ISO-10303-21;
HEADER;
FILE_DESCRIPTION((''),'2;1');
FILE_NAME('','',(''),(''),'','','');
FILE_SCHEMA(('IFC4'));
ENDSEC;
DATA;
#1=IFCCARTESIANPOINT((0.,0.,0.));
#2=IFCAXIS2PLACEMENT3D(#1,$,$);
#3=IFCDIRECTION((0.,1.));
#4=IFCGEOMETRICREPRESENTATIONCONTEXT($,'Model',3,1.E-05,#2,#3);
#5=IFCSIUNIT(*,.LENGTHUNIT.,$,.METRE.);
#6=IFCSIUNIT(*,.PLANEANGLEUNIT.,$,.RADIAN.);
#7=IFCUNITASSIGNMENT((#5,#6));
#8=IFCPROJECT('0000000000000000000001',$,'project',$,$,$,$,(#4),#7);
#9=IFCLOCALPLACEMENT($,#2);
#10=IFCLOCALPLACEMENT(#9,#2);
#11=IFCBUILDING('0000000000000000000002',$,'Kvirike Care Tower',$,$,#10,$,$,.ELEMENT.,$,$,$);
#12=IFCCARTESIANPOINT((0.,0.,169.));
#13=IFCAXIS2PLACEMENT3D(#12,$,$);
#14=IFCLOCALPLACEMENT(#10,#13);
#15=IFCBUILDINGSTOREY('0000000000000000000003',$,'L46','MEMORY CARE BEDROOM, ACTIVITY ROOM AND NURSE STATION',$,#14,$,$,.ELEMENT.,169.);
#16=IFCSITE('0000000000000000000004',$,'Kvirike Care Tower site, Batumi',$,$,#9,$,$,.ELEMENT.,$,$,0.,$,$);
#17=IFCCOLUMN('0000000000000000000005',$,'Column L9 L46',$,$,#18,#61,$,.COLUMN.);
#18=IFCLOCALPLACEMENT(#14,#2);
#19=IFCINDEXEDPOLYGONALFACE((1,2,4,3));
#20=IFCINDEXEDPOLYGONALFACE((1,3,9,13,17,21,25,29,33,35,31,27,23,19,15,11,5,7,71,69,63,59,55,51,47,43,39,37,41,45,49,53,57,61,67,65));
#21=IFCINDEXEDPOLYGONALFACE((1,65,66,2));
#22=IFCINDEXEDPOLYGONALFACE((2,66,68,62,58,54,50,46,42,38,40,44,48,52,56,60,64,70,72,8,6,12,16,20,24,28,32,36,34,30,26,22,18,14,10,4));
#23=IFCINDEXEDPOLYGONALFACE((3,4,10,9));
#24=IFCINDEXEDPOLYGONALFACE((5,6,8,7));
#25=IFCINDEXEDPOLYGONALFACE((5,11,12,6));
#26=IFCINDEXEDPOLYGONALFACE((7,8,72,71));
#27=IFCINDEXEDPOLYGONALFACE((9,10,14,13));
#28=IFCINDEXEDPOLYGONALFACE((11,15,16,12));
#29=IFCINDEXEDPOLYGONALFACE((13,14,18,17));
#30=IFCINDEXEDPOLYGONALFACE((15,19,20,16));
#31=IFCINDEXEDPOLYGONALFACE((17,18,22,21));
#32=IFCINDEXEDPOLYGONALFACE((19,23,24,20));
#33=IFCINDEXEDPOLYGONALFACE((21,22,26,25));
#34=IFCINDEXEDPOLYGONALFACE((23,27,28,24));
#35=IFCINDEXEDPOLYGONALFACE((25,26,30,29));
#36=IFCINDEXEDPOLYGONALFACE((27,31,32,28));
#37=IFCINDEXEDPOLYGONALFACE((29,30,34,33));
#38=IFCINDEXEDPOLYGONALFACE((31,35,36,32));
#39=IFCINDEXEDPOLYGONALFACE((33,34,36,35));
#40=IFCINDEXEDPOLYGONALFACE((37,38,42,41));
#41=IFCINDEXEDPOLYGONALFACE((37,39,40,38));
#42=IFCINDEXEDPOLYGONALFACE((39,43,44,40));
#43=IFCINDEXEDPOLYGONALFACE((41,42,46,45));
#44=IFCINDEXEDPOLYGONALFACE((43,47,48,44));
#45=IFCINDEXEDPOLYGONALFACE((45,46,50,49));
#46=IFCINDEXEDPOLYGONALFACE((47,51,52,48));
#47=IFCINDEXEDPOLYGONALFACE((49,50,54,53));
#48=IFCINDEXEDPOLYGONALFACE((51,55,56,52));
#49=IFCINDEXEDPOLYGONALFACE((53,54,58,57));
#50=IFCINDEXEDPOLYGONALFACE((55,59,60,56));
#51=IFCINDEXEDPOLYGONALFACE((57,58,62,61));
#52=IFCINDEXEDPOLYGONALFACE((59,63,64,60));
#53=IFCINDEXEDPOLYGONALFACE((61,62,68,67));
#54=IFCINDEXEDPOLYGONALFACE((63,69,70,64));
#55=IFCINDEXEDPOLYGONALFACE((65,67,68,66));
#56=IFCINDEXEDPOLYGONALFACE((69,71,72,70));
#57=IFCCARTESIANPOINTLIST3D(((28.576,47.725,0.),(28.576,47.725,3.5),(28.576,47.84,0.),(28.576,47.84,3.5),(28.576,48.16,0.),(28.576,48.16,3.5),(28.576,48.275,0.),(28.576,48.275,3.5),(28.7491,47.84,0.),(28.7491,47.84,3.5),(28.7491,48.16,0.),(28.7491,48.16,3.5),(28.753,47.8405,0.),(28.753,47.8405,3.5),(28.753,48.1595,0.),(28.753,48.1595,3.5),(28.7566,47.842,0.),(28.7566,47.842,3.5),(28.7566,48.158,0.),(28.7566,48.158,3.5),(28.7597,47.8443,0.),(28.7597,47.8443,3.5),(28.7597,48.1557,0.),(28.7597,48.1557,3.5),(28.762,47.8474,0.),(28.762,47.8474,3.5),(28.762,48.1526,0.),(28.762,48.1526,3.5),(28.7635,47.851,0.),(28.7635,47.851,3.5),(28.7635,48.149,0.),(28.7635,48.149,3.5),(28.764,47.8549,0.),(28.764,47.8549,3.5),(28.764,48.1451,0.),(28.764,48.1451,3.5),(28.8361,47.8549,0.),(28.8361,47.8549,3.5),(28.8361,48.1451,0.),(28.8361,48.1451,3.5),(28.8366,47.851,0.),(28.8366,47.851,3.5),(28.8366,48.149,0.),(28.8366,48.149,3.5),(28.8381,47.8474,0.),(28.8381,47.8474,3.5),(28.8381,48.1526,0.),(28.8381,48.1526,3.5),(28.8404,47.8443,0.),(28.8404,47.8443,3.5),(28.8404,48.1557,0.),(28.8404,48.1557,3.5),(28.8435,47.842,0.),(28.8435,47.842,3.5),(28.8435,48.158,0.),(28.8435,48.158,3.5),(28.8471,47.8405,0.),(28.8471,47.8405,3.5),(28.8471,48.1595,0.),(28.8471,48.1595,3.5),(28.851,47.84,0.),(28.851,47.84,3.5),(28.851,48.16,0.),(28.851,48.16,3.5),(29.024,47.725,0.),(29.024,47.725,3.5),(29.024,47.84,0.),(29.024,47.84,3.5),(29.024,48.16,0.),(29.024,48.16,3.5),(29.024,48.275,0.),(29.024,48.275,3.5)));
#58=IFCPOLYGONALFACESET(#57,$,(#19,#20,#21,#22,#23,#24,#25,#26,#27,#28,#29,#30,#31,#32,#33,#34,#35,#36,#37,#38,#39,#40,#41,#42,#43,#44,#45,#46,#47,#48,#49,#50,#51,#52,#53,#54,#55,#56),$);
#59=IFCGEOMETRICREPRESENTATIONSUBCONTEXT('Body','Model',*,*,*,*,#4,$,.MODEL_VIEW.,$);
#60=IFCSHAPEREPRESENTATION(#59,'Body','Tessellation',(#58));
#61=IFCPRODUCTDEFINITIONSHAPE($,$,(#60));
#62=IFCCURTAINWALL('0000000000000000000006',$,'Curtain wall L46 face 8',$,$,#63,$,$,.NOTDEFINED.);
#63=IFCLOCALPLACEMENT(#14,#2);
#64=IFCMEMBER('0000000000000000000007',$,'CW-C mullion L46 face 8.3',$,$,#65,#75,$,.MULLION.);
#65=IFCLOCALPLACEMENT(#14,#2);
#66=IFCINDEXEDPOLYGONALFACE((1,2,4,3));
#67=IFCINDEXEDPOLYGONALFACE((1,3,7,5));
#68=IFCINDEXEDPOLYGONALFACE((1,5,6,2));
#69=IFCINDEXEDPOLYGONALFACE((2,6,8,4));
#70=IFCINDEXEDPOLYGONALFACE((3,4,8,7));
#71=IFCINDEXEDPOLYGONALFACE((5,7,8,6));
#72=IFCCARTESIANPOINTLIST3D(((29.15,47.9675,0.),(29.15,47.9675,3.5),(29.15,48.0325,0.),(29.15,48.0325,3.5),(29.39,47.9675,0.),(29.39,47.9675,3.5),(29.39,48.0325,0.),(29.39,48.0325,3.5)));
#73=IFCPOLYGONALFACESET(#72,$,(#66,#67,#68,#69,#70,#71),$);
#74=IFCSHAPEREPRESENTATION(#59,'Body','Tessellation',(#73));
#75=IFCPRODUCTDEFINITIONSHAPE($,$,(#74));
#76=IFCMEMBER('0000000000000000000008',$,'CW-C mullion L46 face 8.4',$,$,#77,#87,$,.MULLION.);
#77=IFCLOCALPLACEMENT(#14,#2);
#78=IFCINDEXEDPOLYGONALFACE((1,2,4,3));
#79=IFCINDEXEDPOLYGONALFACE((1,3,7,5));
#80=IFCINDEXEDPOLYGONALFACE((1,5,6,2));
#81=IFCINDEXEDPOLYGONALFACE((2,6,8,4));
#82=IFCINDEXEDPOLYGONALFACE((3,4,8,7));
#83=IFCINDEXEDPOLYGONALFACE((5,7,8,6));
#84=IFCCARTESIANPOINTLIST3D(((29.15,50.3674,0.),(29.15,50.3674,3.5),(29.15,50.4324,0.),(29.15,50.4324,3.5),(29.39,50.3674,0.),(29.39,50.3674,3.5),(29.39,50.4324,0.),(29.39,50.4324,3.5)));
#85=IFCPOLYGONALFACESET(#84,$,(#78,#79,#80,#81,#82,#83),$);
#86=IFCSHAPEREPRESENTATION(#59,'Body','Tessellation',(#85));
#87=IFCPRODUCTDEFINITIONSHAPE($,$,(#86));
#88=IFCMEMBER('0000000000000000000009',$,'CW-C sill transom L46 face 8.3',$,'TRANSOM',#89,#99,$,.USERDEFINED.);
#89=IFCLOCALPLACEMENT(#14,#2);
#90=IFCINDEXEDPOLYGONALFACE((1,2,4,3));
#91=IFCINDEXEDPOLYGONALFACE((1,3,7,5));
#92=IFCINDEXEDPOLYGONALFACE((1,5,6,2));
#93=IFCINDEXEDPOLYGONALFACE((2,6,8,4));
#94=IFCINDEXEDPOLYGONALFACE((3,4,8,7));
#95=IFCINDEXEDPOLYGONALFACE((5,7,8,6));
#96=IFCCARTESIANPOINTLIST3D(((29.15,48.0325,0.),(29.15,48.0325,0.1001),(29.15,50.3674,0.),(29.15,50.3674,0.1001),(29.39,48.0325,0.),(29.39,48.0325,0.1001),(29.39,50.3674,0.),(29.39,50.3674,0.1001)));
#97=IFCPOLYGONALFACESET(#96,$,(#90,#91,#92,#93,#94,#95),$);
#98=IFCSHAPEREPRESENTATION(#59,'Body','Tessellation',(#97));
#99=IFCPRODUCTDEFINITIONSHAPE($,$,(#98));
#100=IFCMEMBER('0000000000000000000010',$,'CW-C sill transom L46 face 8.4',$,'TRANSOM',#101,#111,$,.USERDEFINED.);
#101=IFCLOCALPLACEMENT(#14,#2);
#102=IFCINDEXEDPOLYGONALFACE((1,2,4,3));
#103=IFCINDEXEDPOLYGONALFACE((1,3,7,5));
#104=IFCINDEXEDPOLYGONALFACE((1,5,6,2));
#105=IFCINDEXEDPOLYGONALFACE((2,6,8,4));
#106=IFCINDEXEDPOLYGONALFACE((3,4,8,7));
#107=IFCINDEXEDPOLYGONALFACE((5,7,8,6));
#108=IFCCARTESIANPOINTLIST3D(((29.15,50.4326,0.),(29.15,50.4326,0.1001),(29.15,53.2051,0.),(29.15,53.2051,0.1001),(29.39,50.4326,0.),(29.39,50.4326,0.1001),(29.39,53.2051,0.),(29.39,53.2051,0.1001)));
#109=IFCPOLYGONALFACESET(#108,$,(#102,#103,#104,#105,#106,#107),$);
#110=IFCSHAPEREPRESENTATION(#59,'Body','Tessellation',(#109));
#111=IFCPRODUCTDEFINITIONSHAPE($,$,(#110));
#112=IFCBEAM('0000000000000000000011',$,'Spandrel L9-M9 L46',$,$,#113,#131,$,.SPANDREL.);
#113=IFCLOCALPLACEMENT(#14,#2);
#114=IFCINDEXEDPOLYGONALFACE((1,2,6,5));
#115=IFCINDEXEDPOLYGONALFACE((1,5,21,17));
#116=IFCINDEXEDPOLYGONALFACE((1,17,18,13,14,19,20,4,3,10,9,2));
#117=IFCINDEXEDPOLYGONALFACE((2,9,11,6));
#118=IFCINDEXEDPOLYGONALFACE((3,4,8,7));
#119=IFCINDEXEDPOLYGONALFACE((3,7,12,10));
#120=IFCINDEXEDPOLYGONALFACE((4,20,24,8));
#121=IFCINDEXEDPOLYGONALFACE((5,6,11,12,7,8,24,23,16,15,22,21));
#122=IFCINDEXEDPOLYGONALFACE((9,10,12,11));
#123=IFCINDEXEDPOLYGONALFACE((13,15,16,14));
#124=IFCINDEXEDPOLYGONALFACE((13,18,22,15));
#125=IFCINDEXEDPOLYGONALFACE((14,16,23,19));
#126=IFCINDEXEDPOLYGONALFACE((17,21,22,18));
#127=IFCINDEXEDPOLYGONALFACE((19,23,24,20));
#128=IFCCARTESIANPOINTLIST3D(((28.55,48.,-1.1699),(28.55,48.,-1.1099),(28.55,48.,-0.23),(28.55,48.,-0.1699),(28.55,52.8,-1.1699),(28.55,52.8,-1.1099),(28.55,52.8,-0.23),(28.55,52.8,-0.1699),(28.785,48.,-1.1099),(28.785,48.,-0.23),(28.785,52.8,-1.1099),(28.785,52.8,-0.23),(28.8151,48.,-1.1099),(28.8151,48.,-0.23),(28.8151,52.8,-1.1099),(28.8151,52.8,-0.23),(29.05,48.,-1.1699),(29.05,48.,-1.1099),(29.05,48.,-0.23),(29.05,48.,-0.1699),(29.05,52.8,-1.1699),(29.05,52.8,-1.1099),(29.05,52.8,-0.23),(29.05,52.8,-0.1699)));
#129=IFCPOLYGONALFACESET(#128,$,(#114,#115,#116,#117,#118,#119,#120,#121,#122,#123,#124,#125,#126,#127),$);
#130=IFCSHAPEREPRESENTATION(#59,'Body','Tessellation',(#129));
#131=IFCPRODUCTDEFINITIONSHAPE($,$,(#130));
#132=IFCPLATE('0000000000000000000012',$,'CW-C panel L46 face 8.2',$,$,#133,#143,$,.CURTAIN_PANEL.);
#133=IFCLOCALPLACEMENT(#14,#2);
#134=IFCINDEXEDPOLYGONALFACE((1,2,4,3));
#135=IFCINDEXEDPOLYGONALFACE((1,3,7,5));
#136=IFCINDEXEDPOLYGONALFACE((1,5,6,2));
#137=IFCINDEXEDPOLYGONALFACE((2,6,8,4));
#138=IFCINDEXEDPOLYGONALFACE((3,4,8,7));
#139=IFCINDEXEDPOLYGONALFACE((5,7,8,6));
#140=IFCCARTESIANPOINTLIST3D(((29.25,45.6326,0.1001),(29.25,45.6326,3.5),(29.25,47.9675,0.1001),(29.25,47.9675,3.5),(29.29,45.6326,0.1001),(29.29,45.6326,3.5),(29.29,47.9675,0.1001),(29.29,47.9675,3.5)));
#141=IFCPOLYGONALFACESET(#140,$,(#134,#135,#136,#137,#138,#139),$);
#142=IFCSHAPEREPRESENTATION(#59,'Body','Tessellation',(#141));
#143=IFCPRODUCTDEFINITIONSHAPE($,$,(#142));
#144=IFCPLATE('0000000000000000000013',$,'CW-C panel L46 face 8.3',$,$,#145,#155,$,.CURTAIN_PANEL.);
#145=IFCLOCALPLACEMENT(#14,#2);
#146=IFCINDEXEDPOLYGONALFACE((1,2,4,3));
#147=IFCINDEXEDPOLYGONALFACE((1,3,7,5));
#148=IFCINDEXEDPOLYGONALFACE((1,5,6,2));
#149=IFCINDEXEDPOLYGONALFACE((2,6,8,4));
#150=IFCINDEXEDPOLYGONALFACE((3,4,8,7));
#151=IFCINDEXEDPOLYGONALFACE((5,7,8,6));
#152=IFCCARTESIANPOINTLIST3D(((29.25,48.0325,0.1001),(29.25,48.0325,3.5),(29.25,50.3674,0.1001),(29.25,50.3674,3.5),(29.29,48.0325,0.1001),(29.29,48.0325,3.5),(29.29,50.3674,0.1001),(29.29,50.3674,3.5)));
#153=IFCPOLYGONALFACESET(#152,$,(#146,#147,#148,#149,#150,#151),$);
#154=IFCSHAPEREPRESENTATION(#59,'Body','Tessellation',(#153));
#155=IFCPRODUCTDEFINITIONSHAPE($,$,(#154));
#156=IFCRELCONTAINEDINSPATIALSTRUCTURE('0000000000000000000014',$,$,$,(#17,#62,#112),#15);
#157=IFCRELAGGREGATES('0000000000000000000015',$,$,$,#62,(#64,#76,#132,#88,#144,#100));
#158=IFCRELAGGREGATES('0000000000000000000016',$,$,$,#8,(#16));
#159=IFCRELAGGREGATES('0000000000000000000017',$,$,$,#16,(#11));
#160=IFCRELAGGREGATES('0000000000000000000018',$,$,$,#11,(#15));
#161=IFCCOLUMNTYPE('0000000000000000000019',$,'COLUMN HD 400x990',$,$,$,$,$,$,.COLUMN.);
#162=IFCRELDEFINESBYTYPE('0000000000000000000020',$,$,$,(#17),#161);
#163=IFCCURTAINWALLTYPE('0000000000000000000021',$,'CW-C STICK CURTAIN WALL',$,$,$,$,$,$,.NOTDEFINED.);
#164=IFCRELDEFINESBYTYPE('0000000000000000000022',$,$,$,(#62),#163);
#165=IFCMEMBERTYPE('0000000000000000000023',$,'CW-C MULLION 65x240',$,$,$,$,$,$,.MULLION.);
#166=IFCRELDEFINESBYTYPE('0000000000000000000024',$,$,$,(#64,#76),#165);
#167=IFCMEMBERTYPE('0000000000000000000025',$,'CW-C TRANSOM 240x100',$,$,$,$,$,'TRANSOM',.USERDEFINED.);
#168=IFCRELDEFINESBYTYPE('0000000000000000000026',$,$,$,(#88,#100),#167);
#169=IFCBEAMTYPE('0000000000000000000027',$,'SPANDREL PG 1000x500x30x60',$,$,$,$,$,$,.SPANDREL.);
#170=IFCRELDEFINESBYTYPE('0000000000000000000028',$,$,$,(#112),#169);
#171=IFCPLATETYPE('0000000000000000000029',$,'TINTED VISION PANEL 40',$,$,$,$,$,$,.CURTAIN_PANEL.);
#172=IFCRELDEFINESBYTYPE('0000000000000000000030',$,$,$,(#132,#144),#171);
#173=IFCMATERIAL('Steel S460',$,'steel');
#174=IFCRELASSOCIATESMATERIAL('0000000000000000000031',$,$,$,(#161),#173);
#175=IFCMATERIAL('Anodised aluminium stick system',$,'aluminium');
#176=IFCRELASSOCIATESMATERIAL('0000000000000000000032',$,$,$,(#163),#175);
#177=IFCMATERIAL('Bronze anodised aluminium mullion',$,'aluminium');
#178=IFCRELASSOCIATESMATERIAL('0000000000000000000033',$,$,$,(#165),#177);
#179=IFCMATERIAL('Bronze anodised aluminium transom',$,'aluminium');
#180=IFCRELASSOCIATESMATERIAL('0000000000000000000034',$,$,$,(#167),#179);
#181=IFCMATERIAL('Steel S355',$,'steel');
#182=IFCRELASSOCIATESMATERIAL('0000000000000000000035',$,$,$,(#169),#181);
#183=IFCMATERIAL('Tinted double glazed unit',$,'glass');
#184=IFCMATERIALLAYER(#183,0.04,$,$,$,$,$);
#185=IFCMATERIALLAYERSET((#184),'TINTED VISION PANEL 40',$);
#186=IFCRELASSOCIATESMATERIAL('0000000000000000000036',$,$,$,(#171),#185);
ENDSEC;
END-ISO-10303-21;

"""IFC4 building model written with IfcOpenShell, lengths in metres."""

from ifc_helpers import new_model, si_unit, direction, frame, origin, origin_2d, place, context, subcontext, project, spatial, rectangle, i_section, extrude, material, layer, layer_set, material_profile, profile_set, type_object, element, aggregate, save


model = new_model("IFC4")

# Units and contexts
model_context = context("Model", 3, precision=1e-05, world=origin(), true_north=direction((0.0, 1.0)))
body_context = subcontext(model_context, "Body", "Model", "MODEL_VIEW")
ifc_project = project(units=[si_unit("LENGTHUNIT", "METRE"), si_unit("PLANEANGLEUNIT", "RADIAN")], contexts=[model_context])

# Site, building, storey
site_placement = place(None, origin())
site = spatial("IfcSite", under=ifc_project, at=site_placement, Name="Kvirike Care Tower site, Batumi", CompositionType="ELEMENT", RefElevation=0.0)
building_placement = place(site_placement, origin())
building = spatial("IfcBuilding", under=site, at=building_placement, Name="Kvirike Care Tower", CompositionType="ELEMENT")
storey_placement = place(building_placement, frame((0.0, 0.0, 169.0)))
storey = spatial("IfcBuildingStorey", under=building, at=storey_placement, Name="L46", Description="MEMORY CARE BEDROOM, ACTIVITY ROOM AND NURSE STATION", CompositionType="ELEMENT", Elevation=169.0)

# Column
ifc_material_1 = material(Name="Steel S460", Category="steel")
ifc_material_profile_1 = material_profile(ifc_material_1, i_section(OverallWidth=0.448, OverallDepth=0.55, WebThickness=0.072, FlangeThickness=0.115, FilletRadius=0.0149, at=origin_2d()), Name="HD 400x990")
ifc_profile_set_1 = profile_set([ifc_material_profile_1], Name="Steel S460")
column_type = type_object("IfcColumnType", Name="COLUMN HD 400x990", PredefinedType="COLUMN", material=ifc_profile_set_1)
column_placement = place(storey_placement, frame((28.8, 48.0, 0.0), z_axis=(0.0, 0.0, 1.0), x_axis=(1.0, 0.0, 0.0)))
element("IfcColumn", 1, at=column_placement, inside=storey, type_object=column_type, Name="Column L9 L46", PredefinedType="COLUMN", context=body_context, shape_type="SweptSolid", body=[
    extrude(i_section(OverallWidth=0.448, OverallDepth=0.55, WebThickness=0.072, FlangeThickness=0.115, FilletRadius=0.0149, at=origin_2d()), origin(), (0.0, 0.0, 1.0), 3.5),
])

# Curtain wall, members
ifc_material_2 = material(Name="Anodised aluminium stick system", Category="aluminium")
curtain_wall_type = type_object("IfcCurtainWallType", Name="CW-C STICK CURTAIN WALL", PredefinedType="NOTDEFINED", material=ifc_material_2)
curtain_wall_placement = place(storey_placement, origin())
curtain_wall = element("IfcCurtainWall", 2, at=curtain_wall_placement, inside=storey, type_object=curtain_wall_type, Name="Curtain wall L46 face 8", PredefinedType="NOTDEFINED")
ifc_material_3 = material(Name="Bronze anodised aluminium mullion", Category="aluminium")
ifc_material_profile_2 = material_profile(ifc_material_3, rectangle(XDim=0.0649, YDim=0.24, at=origin_2d()), Name="CW-C MULLION 65x240")
ifc_profile_set_2 = profile_set([ifc_material_profile_2], Name="Bronze anodised aluminium mullion")
member_type_1 = type_object("IfcMemberType", Name="CW-C MULLION 65x240", PredefinedType="MULLION", material=ifc_profile_set_2)
member_1_placement = place(storey_placement, frame((29.27, 48.0, 0.0), z_axis=(0.0, 0.0, 1.0), x_axis=(0.0, 1.0, 0.0)))
member_1 = element("IfcMember", 3, at=member_1_placement, type_object=member_type_1, Name="CW-C mullion L46 face 8.3", PredefinedType="MULLION", context=body_context, shape_type="SweptSolid", body=[
    extrude(rectangle(XDim=0.0649, YDim=0.24, at=origin_2d()), origin(), (0.0, 0.0, 1.0), 3.5),
])
member_2_placement = place(storey_placement, frame((29.27, 50.3999, 0.0), z_axis=(0.0, 0.0, 1.0), x_axis=(0.0, 1.0, 0.0)))
member_2 = element("IfcMember", 4, at=member_2_placement, type_object=member_type_1, Name="CW-C mullion L46 face 8.4", PredefinedType="MULLION", context=body_context, shape_type="SweptSolid", body=[
    extrude(rectangle(XDim=0.0649, YDim=0.24, at=origin_2d()), origin(), (0.0, 0.0, 1.0), 3.5),
])
ifc_material_4 = material(Name="Bronze anodised aluminium transom", Category="aluminium")
ifc_material_profile_3 = material_profile(ifc_material_4, rectangle(XDim=0.24, YDim=0.1001, at=origin_2d()), Name="CW-C TRANSOM 240x100")
ifc_profile_set_3 = profile_set([ifc_material_profile_3], Name="Bronze anodised aluminium transom")
member_type_2 = type_object("IfcMemberType", Name="CW-C TRANSOM 240x100", ElementType="TRANSOM", PredefinedType="USERDEFINED", material=ifc_profile_set_3)
member_3_placement = place(storey_placement, frame((29.27, 48.0325, 0.05), z_axis=(0.0, 1.0, 0.0), x_axis=(-1.0, 0.0, 0.0)))
member_3 = element("IfcMember", 5, at=member_3_placement, type_object=member_type_2, Name="CW-C sill transom L46 face 8.3", ObjectType="TRANSOM", PredefinedType="USERDEFINED", context=body_context, shape_type="SweptSolid", body=[
    extrude(rectangle(XDim=0.24, YDim=0.1001, at=origin_2d()), origin(), (0.0, 0.0, 1.0), 2.335),
])
member_4_placement = place(storey_placement, frame((29.27, 50.4326, 0.05), z_axis=(0.0, 1.0, 0.0), x_axis=(-1.0, 0.0, 0.0)))
member_4 = element("IfcMember", 6, at=member_4_placement, type_object=member_type_2, Name="CW-C sill transom L46 face 8.4", ObjectType="TRANSOM", PredefinedType="USERDEFINED", context=body_context, shape_type="SweptSolid", body=[
    extrude(rectangle(XDim=0.24, YDim=0.1001, at=origin_2d()), origin(), (0.0, 0.0, 1.0), 2.7725),
])

# Beam
ifc_material_5 = material(Name="Steel S355", Category="steel")
ifc_material_profile_4 = material_profile(ifc_material_5, i_section(OverallWidth=0.5, OverallDepth=1.0, WebThickness=0.03, FlangeThickness=0.0601, at=origin_2d()), Name="PG 1000x500x30x60")
ifc_profile_set_4 = profile_set([ifc_material_profile_4], Name="Steel S355")
beam_type = type_object("IfcBeamType", Name="SPANDREL PG 1000x500x30x60", PredefinedType="SPANDREL", material=ifc_profile_set_4)
beam_placement = place(storey_placement, frame((28.8, 48.0, -0.6699), z_axis=(0.0, 1.0, 0.0), x_axis=(-1.0, 0.0, 0.0)))
element("IfcBeam", 7, at=beam_placement, inside=storey, type_object=beam_type, Name="Spandrel L9-M9 L46", PredefinedType="SPANDREL", context=body_context, shape_type="SweptSolid", body=[
    extrude(i_section(OverallWidth=0.5, OverallDepth=1.0, WebThickness=0.03, FlangeThickness=0.0601, at=origin_2d()), origin(), (0.0, 0.0, 1.0), 4.8),
])

# Plates
ifc_material_6 = material(Name="Tinted double glazed unit", Category="glass")
ifc_layer_1 = layer(ifc_material_6, 0.04)
ifc_layer_set_1 = layer_set([ifc_layer_1], Name="TINTED VISION PANEL 40")
plate_type = type_object("IfcPlateType", Name="TINTED VISION PANEL 40", PredefinedType="CURTAIN_PANEL", material=ifc_layer_set_1)
plate_1_placement = place(storey_placement, frame((29.27, 46.8, 0.1001), z_axis=(0.0, 0.0, 1.0), x_axis=(0.0, 1.0, 0.0)))
plate_1 = element("IfcPlate", 8, at=plate_1_placement, type_object=plate_type, Name="CW-C panel L46 face 8.2", PredefinedType="CURTAIN_PANEL", context=body_context, shape_type="SweptSolid", body=[
    extrude(rectangle(XDim=2.335, YDim=0.04, at=origin_2d()), origin(), (0.0, 0.0, 1.0), 3.3999),
])
plate_2_placement = place(storey_placement, frame((29.27, 49.2, 0.1001), z_axis=(0.0, 0.0, 1.0), x_axis=(0.0, 1.0, 0.0)))
plate_2 = element("IfcPlate", 9, at=plate_2_placement, type_object=plate_type, Name="CW-C panel L46 face 8.3", PredefinedType="CURTAIN_PANEL", context=body_context, shape_type="SweptSolid", body=[
    extrude(rectangle(XDim=2.335, YDim=0.04, at=origin_2d()), origin(), (0.0, 0.0, 1.0), 3.3999),
])
aggregate(curtain_wall, [member_1, member_2, plate_1, member_3, plate_2, member_4])

save(model, "model.ifc")
